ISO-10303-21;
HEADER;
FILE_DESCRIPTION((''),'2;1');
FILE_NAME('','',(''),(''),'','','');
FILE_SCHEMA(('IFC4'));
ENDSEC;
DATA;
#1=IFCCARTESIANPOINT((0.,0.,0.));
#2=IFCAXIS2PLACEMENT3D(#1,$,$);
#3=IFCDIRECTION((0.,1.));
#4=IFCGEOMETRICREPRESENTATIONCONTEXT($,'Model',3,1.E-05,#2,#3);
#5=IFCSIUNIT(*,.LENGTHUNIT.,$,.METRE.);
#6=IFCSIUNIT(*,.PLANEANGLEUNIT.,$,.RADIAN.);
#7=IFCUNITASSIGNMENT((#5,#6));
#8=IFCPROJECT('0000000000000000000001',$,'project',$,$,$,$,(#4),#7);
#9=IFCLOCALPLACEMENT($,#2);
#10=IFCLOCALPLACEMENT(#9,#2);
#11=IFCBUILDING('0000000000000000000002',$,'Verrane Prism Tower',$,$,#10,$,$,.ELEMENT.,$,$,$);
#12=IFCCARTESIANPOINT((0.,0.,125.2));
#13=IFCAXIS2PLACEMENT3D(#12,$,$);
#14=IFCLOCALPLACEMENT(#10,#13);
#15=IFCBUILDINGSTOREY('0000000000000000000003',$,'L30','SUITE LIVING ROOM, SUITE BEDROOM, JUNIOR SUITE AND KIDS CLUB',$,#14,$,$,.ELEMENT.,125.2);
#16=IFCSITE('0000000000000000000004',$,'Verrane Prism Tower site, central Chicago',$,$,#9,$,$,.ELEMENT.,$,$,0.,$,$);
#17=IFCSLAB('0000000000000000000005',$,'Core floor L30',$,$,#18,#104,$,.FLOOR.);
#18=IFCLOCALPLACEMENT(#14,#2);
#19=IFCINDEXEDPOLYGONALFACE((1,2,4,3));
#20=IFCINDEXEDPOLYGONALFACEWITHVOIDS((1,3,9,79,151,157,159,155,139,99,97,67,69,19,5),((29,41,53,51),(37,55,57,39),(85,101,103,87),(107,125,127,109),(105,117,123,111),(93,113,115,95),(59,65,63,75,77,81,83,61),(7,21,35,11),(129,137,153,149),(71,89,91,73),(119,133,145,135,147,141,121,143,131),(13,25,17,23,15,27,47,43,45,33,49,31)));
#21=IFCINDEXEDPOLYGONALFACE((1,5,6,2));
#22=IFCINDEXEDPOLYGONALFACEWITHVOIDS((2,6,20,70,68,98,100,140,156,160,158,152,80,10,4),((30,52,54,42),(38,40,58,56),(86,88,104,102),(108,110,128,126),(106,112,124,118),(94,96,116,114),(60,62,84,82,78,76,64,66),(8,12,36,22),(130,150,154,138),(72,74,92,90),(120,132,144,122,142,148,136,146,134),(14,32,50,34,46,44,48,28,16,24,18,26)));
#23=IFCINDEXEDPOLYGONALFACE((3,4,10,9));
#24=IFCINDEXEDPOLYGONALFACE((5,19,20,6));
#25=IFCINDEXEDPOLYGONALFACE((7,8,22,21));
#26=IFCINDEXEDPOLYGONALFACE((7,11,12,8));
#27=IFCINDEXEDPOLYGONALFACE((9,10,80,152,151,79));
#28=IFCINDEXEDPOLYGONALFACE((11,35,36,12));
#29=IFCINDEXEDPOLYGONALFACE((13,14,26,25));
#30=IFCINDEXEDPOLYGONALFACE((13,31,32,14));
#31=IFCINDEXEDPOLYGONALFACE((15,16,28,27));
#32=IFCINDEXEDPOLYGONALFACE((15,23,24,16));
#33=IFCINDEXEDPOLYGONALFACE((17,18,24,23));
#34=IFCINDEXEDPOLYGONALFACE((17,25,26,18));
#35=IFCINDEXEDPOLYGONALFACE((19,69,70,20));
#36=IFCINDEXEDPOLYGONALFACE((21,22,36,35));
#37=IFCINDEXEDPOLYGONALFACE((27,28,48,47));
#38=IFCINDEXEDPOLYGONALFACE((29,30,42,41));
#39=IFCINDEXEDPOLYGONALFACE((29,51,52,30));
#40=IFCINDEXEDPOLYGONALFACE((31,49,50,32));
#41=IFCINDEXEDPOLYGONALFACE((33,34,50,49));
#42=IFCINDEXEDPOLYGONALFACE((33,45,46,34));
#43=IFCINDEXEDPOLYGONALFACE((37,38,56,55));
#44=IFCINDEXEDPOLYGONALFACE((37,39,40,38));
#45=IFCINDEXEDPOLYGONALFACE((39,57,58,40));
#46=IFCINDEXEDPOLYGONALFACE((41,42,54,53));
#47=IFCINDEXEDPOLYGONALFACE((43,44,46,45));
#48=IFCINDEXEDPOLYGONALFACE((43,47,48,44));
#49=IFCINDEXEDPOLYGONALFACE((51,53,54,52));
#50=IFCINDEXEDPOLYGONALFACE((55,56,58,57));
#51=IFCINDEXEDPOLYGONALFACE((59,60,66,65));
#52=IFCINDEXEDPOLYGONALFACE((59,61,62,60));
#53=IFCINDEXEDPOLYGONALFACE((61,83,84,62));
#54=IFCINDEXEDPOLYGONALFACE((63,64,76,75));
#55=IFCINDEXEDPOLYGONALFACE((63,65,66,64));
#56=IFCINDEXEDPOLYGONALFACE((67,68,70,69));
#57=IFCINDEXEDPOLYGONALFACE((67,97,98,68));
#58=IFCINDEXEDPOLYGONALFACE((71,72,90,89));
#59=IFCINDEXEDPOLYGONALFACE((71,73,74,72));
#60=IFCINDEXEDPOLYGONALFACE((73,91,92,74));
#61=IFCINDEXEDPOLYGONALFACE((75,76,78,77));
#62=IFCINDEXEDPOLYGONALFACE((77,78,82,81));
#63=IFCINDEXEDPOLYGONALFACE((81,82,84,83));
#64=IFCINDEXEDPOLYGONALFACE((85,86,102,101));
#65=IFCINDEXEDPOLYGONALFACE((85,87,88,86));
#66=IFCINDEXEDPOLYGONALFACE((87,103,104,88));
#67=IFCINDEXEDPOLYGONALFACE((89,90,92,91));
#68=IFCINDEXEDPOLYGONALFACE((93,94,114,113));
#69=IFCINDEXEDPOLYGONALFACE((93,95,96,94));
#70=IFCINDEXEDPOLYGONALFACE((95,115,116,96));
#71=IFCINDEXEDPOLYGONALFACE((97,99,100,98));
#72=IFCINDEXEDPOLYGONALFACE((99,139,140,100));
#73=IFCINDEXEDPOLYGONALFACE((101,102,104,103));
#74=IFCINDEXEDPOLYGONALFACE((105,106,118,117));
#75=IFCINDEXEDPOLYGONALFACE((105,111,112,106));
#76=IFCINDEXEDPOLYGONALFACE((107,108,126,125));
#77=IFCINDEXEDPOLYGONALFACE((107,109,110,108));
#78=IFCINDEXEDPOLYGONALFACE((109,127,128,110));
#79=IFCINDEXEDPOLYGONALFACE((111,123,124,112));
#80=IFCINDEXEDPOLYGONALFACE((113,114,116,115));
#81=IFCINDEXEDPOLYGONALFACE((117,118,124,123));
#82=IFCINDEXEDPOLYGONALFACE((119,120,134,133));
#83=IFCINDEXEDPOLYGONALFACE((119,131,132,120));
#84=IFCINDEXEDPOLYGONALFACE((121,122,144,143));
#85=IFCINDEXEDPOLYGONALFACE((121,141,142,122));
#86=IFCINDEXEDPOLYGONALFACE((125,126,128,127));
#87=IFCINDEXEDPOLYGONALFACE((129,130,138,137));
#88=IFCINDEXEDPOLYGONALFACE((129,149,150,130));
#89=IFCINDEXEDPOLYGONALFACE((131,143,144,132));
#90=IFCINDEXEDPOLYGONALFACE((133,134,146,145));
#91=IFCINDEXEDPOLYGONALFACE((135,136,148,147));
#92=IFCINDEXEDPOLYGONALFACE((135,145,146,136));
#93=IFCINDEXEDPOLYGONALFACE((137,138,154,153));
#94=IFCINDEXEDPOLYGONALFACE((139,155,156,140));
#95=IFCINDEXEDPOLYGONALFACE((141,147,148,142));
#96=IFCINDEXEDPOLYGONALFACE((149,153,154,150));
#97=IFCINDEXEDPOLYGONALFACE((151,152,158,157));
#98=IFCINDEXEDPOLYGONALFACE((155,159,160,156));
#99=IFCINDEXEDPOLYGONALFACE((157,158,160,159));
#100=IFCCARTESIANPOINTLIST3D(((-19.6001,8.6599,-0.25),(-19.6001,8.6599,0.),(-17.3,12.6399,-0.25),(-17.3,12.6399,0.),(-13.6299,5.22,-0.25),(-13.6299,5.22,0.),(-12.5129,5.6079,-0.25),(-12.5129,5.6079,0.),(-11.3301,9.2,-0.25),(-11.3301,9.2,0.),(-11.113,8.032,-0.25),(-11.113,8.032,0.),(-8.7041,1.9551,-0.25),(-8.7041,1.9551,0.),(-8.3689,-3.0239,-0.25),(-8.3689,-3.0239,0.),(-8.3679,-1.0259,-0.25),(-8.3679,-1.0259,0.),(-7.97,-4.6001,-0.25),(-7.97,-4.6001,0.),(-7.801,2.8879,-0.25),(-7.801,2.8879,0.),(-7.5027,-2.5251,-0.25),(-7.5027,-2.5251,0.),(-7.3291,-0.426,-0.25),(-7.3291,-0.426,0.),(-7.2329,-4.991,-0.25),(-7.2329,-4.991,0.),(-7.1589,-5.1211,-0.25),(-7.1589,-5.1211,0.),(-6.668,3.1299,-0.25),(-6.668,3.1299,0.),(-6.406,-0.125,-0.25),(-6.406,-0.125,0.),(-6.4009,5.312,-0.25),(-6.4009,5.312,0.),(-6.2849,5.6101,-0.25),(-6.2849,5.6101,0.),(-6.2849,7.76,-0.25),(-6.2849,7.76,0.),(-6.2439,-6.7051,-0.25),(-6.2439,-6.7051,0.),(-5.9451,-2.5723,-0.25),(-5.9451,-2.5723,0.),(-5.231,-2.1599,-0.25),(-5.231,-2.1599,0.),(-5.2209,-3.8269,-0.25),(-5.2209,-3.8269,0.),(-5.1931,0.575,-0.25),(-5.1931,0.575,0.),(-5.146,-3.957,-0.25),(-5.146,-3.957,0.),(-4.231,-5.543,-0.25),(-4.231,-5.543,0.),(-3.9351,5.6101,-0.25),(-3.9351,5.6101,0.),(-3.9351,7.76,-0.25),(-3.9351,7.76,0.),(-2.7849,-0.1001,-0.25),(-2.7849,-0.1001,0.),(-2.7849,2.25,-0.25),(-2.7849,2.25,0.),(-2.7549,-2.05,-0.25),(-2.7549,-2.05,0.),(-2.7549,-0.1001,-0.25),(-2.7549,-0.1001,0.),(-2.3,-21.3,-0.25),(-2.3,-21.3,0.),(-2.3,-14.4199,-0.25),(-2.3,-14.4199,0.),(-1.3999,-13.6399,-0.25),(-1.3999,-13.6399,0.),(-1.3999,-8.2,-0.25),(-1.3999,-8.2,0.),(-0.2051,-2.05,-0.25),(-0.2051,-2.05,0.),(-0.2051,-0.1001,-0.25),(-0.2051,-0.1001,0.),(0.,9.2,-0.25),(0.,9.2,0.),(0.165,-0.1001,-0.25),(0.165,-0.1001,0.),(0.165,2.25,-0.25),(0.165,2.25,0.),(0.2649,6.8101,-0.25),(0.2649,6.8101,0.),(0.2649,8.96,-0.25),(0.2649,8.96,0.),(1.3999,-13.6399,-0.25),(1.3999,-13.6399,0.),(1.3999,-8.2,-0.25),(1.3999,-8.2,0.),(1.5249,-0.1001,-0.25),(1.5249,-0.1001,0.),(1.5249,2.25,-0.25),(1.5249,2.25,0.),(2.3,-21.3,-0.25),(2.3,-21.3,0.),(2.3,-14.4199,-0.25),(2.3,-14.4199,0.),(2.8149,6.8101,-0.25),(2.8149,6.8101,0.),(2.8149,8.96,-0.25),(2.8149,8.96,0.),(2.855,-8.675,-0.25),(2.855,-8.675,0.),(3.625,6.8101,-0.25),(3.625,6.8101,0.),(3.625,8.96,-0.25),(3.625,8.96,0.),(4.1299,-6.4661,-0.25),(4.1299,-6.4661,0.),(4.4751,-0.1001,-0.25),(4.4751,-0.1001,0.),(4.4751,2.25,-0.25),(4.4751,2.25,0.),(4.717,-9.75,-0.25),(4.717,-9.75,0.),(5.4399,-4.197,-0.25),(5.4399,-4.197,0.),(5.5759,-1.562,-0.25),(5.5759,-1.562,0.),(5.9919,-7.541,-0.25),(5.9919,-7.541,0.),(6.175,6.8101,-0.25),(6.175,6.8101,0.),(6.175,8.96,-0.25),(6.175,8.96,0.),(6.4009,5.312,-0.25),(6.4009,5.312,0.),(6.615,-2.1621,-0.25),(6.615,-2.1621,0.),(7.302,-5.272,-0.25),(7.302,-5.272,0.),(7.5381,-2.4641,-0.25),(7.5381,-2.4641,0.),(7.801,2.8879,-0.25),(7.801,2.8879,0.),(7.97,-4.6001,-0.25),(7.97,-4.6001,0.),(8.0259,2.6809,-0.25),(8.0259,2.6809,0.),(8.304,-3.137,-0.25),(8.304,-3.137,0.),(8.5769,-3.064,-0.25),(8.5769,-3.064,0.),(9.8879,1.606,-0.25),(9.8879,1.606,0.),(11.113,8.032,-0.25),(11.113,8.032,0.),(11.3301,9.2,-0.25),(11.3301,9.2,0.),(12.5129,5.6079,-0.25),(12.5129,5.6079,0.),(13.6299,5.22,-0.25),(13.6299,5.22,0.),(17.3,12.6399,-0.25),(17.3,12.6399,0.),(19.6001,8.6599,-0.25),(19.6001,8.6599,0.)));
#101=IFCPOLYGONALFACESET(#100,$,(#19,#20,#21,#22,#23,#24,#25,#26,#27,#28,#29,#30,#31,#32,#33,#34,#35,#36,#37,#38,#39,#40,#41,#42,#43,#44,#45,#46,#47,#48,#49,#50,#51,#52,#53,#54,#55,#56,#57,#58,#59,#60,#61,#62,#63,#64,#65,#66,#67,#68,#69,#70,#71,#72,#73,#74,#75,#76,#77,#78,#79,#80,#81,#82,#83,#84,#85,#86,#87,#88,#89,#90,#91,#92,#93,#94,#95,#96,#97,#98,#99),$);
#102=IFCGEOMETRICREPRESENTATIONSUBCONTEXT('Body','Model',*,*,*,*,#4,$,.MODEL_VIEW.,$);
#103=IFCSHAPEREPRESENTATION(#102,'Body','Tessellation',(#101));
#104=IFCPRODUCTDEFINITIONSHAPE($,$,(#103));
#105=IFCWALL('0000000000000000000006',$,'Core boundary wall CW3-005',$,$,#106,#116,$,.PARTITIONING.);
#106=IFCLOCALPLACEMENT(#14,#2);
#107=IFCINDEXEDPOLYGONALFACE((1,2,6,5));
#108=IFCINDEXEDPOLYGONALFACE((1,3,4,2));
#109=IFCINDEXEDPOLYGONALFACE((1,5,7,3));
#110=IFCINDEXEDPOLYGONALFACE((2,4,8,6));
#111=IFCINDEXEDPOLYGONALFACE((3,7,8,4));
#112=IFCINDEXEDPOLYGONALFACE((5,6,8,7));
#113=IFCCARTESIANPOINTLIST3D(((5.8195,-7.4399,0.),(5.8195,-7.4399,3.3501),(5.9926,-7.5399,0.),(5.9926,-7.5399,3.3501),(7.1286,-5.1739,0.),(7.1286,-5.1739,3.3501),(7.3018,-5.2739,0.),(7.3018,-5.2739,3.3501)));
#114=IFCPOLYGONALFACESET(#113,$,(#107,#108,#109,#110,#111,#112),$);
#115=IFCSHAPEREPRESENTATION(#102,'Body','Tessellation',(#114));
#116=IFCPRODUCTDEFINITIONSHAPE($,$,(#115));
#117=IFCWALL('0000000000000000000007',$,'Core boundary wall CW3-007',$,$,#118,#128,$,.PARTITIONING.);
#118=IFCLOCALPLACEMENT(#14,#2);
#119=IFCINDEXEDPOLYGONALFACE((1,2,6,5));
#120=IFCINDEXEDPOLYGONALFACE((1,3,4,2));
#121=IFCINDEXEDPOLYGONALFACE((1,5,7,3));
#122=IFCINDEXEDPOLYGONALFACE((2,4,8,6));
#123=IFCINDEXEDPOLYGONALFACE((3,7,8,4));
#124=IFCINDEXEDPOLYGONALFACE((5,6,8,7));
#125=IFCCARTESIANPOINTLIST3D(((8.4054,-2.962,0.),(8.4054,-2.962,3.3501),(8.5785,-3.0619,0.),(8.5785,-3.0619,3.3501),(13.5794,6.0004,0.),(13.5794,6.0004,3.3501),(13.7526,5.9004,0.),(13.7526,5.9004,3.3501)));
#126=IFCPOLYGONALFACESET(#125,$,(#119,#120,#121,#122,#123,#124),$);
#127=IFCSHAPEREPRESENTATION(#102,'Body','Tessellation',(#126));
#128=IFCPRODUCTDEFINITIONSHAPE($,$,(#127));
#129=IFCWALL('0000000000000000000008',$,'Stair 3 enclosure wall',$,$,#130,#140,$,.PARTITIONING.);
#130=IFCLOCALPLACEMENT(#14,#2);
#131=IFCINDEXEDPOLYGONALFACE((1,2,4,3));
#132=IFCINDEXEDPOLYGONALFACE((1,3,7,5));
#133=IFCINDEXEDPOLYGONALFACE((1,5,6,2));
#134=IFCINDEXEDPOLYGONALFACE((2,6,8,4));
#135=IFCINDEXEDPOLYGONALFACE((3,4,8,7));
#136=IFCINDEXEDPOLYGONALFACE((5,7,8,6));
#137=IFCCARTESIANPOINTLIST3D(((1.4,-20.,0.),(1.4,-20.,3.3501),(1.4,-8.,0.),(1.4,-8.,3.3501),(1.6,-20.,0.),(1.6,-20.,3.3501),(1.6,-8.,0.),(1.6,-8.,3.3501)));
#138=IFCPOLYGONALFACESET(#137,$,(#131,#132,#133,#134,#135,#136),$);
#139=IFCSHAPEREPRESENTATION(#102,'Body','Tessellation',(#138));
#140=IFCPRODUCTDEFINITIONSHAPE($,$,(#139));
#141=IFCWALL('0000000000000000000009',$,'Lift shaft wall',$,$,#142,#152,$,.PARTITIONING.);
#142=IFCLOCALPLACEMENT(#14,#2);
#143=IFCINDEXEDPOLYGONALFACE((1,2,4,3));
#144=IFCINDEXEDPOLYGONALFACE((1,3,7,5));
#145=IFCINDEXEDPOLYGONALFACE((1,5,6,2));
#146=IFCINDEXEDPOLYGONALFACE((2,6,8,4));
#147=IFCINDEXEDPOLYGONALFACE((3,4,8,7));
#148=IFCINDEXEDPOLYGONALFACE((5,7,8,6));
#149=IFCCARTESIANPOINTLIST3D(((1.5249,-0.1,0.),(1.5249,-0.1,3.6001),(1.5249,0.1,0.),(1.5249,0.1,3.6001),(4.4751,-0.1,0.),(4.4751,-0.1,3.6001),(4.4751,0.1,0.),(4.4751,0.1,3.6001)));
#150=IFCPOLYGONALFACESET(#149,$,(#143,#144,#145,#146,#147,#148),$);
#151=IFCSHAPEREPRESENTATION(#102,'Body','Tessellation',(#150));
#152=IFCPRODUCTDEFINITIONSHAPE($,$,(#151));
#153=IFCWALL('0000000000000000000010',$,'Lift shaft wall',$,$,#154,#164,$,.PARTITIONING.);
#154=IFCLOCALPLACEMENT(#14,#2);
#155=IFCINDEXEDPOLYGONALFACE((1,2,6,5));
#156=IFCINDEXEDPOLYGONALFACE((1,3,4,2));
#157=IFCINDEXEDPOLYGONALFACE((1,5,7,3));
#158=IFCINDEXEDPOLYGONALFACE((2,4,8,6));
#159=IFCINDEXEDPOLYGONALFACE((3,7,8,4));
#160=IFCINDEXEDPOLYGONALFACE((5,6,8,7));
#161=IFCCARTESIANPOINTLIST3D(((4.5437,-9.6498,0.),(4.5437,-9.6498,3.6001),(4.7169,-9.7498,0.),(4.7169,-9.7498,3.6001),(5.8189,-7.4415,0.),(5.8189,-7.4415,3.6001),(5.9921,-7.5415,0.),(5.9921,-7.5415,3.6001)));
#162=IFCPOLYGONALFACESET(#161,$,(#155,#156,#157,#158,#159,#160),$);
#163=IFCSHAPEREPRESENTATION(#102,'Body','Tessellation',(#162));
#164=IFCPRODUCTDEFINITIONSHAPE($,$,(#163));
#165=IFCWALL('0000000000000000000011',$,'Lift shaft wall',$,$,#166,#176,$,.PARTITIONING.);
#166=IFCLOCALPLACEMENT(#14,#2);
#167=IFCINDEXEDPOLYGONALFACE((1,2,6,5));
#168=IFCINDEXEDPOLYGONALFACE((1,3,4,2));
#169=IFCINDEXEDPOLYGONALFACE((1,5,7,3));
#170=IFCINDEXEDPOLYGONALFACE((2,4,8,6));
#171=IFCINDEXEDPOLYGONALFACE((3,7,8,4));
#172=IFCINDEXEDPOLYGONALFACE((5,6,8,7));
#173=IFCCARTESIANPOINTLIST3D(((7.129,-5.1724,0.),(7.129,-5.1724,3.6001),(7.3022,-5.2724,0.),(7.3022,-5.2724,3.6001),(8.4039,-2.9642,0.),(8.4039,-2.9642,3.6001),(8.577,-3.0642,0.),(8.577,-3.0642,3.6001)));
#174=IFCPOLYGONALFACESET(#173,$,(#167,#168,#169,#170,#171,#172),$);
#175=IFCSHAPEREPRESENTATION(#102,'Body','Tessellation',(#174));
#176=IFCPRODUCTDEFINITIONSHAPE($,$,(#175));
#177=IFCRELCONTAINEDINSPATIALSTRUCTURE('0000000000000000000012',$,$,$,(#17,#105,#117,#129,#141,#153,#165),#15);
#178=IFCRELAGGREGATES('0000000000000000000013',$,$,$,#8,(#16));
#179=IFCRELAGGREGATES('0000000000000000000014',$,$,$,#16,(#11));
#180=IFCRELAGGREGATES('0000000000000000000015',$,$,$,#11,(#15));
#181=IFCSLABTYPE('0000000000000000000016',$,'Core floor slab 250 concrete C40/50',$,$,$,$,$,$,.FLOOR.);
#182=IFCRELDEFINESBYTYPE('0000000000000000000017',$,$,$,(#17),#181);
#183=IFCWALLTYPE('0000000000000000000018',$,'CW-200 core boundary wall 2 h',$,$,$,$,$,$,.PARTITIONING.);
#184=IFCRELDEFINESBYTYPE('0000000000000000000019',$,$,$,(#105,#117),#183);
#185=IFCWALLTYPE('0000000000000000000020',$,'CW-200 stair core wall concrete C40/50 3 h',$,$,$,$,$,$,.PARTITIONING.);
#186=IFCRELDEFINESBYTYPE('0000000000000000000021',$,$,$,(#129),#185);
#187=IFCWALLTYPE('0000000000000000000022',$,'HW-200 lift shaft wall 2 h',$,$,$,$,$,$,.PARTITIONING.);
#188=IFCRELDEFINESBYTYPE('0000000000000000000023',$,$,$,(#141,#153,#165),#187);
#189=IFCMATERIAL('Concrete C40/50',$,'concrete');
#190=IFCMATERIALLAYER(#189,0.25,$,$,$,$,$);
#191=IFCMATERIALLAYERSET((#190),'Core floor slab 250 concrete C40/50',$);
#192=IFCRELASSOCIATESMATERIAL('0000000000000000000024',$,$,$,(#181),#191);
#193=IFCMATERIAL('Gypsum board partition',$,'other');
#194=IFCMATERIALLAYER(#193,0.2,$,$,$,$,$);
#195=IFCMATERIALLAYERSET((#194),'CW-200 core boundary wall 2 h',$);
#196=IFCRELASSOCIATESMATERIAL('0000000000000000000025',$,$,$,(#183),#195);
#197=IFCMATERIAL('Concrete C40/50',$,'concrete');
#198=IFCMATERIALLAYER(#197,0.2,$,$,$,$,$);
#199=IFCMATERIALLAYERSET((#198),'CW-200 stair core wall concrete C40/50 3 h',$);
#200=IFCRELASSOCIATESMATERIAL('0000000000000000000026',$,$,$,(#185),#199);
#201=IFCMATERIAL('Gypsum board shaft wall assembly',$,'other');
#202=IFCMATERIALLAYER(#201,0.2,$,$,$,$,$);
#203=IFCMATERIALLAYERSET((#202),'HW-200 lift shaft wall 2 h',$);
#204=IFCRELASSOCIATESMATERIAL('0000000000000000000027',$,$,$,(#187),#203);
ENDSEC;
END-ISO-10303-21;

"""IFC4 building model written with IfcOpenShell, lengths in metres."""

from ifc_helpers import new_model, si_unit, direction, frame, frame_2d, origin, place, context, subcontext, project, spatial, polyline, rectangle, outline, extrude, material, layer, layer_set, type_object, element, save


model = new_model("IFC4")

# Units and contexts
model_context = context("Model", 3, precision=1e-05, world=origin(), true_north=direction((0.0, 1.0)))
body_context = subcontext(model_context, "Body", "Model", "MODEL_VIEW")
ifc_project = project(units=[si_unit("LENGTHUNIT", "METRE"), si_unit("PLANEANGLEUNIT", "RADIAN")], contexts=[model_context])

# Site, building, storey
site_placement = place(None, origin())
site = spatial("IfcSite", under=ifc_project, at=site_placement, Name="Verrane Prism Tower site, central Chicago", CompositionType="ELEMENT", RefElevation=0.0)
building_placement = place(site_placement, origin())
building = spatial("IfcBuilding", under=site, at=building_placement, Name="Verrane Prism Tower", CompositionType="ELEMENT")
storey_placement = place(building_placement, frame((0.0, 0.0, 125.2)))
storey = spatial("IfcBuildingStorey", under=building, at=storey_placement, Name="L30", Description="SUITE LIVING ROOM, SUITE BEDROOM, JUNIOR SUITE AND KIDS CLUB", CompositionType="ELEMENT", Elevation=125.2)

# Slab
ifc_material_1 = material(Name="Concrete C40/50", Category="concrete")
ifc_layer_1 = layer(ifc_material_1, 0.25)
ifc_layer_set_1 = layer_set([ifc_layer_1], Name="Core floor slab 250 concrete C40/50")
slab_type = type_object("IfcSlabType", Name="Core floor slab 250 concrete C40/50", PredefinedType="FLOOR", material=ifc_layer_set_1)
slab_placement = place(storey_placement, frame((0.0, 0.0, -0.25)))
element("IfcSlab", 1, at=slab_placement, inside=storey, type_object=slab_type, Name="Core floor L30", PredefinedType="FLOOR", context=body_context, shape_type="SweptSolid", body=[
    extrude(outline(polyline([(13.6299, 5.22), (19.6001, 8.6599), (17.3, 12.6399), (11.3301, 9.2), (0.0, 9.2), (-11.3301, 9.2), (-17.3, 12.6399), (-19.6001, 8.6599), (-13.6299, 5.22), (-7.97, -4.6001), (-2.3, -14.4199), (-2.3, -21.3), (2.3, -21.3), (2.3, -14.4199), (7.97, -4.6001), (13.6299, 5.22)]), holes=[polyline([(1.3999, -8.2), (1.3999, -13.6399), (-1.3999, -13.6399), (-1.3999, -8.2), (1.3999, -8.2)]), polyline([(-4.231, -5.543), (-6.2439, -6.7051), (-7.1589, -5.1211), (-5.146, -3.957), (-4.231, -5.543)]), polyline([(0.165, 2.25), (0.165, -0.1001), (-0.2051, -0.1001), (-0.2051, -2.05), (-2.7549, -2.05), (-2.7549, -0.1001), (-2.7849, -0.1001), (-2.7849, 2.25), (0.165, 2.25)]), polyline([(-12.5129, 5.6079), (-11.113, 8.032), (-6.4009, 5.312), (-7.801, 2.8879), (-12.5129, 5.6079)]), polyline([(-6.2849, 5.6101), (-6.2849, 7.76), (-3.9351, 7.76), (-3.9351, 5.6101), (-6.2849, 5.6101)]), polyline([(4.717, -9.75), (2.855, -8.675), (4.1299, -6.4661), (5.9919, -7.541), (4.717, -9.75)]), polyline([(8.304, -3.137), (5.5759, -1.562), (8.0259, 2.6809), (9.8879, 1.606), (7.5381, -2.4641), (8.5769, -3.064), (7.302, -5.272), (5.4399, -4.197), (6.615, -2.1621), (8.304, -3.137)]), polyline([(1.5249, -0.1001), (1.5249, 2.25), (4.4751, 2.25), (4.4751, -0.1001), (1.5249, -0.1001)]), polyline([(6.4009, 5.312), (11.113, 8.032), (12.5129, 5.6079), (7.801, 2.8879), (6.4009, 5.312)]), polyline([(0.2649, 6.8101), (0.2649, 8.96), (2.8149, 8.96), (2.8149, 6.8101), (0.2649, 6.8101)]), polyline([(3.625, 6.8101), (3.625, 8.96), (6.175, 8.96), (6.175, 6.8101), (3.625, 6.8101)]), polyline([(-5.231, -2.1599), (-5.9451, -2.5723), (-5.2209, -3.8269), (-7.2329, -4.991), (-8.3689, -3.0239), (-7.5027, -2.5251), (-8.3679, -1.0259), (-7.3291, -0.426), (-8.7041, 1.9551), (-6.668, 3.1299), (-5.1931, 0.575), (-6.406, -0.125), (-5.231, -2.1599)])]), origin(), (0.0, 0.0, 1.0), 0.25),
])

# Walls
ifc_material_2 = material(Name="Gypsum board partition", Category="other")
ifc_layer_2 = layer(ifc_material_2, 0.2)
ifc_layer_set_2 = layer_set([ifc_layer_2], Name="CW-200 core boundary wall 2 h")
wall_type_1 = type_object("IfcWallType", Name="CW-200 core boundary wall 2 h", PredefinedType="PARTITIONING", material=ifc_layer_set_2)
wall_1_placement = place(storey_placement, frame((5.906, -7.49, 0.0), z_axis=(0.0, 0.0, 1.0), x_axis=(0.500253, 0.865879, 0.0)))
element("IfcWall", 2, at=wall_1_placement, inside=storey, type_object=wall_type_1, Name="Core boundary wall CW3-005", PredefinedType="PARTITIONING", context=body_context, shape_type="SweptSolid", body=[
    extrude(rectangle(XDim=2.6169, YDim=0.2, at=frame_2d((1.3086, 0.0))), origin(), (0.0, 0.0, 1.0), 3.3501),
])
wall_2_placement = place(storey_placement, frame((8.4919, -3.012, 0.0), z_axis=(0.0, 0.0, 1.0), x_axis=(0.499973, 0.866041, 0.0)))
element("IfcWall", 3, at=wall_2_placement, inside=storey, type_object=wall_type_1, Name="Core boundary wall CW3-007", PredefinedType="PARTITIONING", context=body_context, shape_type="SweptSolid", body=[
    extrude(rectangle(XDim=10.3486, YDim=0.2, at=frame_2d((5.1743, 0.0))), origin(), (0.0, 0.0, 1.0), 3.3501),
])
ifc_material_3 = material(Name="Concrete C40/50", Category="concrete")
ifc_layer_3 = layer(ifc_material_3, 0.2)
ifc_layer_set_3 = layer_set([ifc_layer_3], Name="CW-200 stair core wall concrete C40/50 3 h")
wall_type_2 = type_object("IfcWallType", Name="CW-200 stair core wall concrete C40/50 3 h", PredefinedType="PARTITIONING", material=ifc_layer_set_3)
wall_3_placement = place(storey_placement, frame((1.5, -8.0, 0.0), z_axis=(0.0, 0.0, 1.0), x_axis=(0.0, -1.0, 0.0)))
element("IfcWall", 4, at=wall_3_placement, inside=storey, type_object=wall_type_2, Name="Stair 3 enclosure wall", PredefinedType="PARTITIONING", context=body_context, shape_type="SweptSolid", body=[
    extrude(rectangle(XDim=12.0, YDim=0.2, at=frame_2d((6.0, 0.0))), origin(), (0.0, 0.0, 1.0), 3.3501),
])
ifc_material_4 = material(Name="Gypsum board shaft wall assembly", Category="other")
ifc_layer_4 = layer(ifc_material_4, 0.2)
ifc_layer_set_4 = layer_set([ifc_layer_4], Name="HW-200 lift shaft wall 2 h")
wall_type_3 = type_object("IfcWallType", Name="HW-200 lift shaft wall 2 h", PredefinedType="PARTITIONING", material=ifc_layer_set_4)
wall_4_placement = place(storey_placement, frame((1.5249, 0.0, 0.0), z_axis=(0.0, 0.0, 1.0), x_axis=(1.0, 0.0, 0.0)))
element("IfcWall", 5, at=wall_4_placement, inside=storey, type_object=wall_type_3, Name="Lift shaft wall", PredefinedType="PARTITIONING", context=body_context, shape_type="SweptSolid", body=[
    extrude(rectangle(XDim=2.9502, YDim=0.2, at=frame_2d((1.4751, 0.0))), origin(), (0.0, 0.0, 1.0), 3.6001),
])
wall_5_placement = place(storey_placement, frame((4.6304, -9.6997, 0.0), z_axis=(0.0, 0.0, 1.0), x_axis=(0.500062, 0.865989, 0.0)))
element("IfcWall", 6, at=wall_5_placement, inside=storey, type_object=wall_type_3, Name="Lift shaft wall", PredefinedType="PARTITIONING", context=body_context, shape_type="SweptSolid", body=[
    extrude(rectangle(XDim=2.55, YDim=0.2, at=frame_2d((1.2749, 0.0))), origin(), (0.0, 0.0, 1.0), 3.6001),
])
wall_6_placement = place(storey_placement, frame((7.2156, -5.2224, 0.0), z_axis=(0.0, 0.0, 1.0), x_axis=(0.49999, 0.866031, 0.0)))
element("IfcWall", 7, at=wall_6_placement, inside=storey, type_object=wall_type_3, Name="Lift shaft wall", PredefinedType="PARTITIONING", context=body_context, shape_type="SweptSolid", body=[
    extrude(rectangle(XDim=2.5498, YDim=0.2, at=frame_2d((1.2749, 0.0))), origin(), (0.0, 0.0, 1.0), 3.6001),
])

save(model, "model.ifc")
